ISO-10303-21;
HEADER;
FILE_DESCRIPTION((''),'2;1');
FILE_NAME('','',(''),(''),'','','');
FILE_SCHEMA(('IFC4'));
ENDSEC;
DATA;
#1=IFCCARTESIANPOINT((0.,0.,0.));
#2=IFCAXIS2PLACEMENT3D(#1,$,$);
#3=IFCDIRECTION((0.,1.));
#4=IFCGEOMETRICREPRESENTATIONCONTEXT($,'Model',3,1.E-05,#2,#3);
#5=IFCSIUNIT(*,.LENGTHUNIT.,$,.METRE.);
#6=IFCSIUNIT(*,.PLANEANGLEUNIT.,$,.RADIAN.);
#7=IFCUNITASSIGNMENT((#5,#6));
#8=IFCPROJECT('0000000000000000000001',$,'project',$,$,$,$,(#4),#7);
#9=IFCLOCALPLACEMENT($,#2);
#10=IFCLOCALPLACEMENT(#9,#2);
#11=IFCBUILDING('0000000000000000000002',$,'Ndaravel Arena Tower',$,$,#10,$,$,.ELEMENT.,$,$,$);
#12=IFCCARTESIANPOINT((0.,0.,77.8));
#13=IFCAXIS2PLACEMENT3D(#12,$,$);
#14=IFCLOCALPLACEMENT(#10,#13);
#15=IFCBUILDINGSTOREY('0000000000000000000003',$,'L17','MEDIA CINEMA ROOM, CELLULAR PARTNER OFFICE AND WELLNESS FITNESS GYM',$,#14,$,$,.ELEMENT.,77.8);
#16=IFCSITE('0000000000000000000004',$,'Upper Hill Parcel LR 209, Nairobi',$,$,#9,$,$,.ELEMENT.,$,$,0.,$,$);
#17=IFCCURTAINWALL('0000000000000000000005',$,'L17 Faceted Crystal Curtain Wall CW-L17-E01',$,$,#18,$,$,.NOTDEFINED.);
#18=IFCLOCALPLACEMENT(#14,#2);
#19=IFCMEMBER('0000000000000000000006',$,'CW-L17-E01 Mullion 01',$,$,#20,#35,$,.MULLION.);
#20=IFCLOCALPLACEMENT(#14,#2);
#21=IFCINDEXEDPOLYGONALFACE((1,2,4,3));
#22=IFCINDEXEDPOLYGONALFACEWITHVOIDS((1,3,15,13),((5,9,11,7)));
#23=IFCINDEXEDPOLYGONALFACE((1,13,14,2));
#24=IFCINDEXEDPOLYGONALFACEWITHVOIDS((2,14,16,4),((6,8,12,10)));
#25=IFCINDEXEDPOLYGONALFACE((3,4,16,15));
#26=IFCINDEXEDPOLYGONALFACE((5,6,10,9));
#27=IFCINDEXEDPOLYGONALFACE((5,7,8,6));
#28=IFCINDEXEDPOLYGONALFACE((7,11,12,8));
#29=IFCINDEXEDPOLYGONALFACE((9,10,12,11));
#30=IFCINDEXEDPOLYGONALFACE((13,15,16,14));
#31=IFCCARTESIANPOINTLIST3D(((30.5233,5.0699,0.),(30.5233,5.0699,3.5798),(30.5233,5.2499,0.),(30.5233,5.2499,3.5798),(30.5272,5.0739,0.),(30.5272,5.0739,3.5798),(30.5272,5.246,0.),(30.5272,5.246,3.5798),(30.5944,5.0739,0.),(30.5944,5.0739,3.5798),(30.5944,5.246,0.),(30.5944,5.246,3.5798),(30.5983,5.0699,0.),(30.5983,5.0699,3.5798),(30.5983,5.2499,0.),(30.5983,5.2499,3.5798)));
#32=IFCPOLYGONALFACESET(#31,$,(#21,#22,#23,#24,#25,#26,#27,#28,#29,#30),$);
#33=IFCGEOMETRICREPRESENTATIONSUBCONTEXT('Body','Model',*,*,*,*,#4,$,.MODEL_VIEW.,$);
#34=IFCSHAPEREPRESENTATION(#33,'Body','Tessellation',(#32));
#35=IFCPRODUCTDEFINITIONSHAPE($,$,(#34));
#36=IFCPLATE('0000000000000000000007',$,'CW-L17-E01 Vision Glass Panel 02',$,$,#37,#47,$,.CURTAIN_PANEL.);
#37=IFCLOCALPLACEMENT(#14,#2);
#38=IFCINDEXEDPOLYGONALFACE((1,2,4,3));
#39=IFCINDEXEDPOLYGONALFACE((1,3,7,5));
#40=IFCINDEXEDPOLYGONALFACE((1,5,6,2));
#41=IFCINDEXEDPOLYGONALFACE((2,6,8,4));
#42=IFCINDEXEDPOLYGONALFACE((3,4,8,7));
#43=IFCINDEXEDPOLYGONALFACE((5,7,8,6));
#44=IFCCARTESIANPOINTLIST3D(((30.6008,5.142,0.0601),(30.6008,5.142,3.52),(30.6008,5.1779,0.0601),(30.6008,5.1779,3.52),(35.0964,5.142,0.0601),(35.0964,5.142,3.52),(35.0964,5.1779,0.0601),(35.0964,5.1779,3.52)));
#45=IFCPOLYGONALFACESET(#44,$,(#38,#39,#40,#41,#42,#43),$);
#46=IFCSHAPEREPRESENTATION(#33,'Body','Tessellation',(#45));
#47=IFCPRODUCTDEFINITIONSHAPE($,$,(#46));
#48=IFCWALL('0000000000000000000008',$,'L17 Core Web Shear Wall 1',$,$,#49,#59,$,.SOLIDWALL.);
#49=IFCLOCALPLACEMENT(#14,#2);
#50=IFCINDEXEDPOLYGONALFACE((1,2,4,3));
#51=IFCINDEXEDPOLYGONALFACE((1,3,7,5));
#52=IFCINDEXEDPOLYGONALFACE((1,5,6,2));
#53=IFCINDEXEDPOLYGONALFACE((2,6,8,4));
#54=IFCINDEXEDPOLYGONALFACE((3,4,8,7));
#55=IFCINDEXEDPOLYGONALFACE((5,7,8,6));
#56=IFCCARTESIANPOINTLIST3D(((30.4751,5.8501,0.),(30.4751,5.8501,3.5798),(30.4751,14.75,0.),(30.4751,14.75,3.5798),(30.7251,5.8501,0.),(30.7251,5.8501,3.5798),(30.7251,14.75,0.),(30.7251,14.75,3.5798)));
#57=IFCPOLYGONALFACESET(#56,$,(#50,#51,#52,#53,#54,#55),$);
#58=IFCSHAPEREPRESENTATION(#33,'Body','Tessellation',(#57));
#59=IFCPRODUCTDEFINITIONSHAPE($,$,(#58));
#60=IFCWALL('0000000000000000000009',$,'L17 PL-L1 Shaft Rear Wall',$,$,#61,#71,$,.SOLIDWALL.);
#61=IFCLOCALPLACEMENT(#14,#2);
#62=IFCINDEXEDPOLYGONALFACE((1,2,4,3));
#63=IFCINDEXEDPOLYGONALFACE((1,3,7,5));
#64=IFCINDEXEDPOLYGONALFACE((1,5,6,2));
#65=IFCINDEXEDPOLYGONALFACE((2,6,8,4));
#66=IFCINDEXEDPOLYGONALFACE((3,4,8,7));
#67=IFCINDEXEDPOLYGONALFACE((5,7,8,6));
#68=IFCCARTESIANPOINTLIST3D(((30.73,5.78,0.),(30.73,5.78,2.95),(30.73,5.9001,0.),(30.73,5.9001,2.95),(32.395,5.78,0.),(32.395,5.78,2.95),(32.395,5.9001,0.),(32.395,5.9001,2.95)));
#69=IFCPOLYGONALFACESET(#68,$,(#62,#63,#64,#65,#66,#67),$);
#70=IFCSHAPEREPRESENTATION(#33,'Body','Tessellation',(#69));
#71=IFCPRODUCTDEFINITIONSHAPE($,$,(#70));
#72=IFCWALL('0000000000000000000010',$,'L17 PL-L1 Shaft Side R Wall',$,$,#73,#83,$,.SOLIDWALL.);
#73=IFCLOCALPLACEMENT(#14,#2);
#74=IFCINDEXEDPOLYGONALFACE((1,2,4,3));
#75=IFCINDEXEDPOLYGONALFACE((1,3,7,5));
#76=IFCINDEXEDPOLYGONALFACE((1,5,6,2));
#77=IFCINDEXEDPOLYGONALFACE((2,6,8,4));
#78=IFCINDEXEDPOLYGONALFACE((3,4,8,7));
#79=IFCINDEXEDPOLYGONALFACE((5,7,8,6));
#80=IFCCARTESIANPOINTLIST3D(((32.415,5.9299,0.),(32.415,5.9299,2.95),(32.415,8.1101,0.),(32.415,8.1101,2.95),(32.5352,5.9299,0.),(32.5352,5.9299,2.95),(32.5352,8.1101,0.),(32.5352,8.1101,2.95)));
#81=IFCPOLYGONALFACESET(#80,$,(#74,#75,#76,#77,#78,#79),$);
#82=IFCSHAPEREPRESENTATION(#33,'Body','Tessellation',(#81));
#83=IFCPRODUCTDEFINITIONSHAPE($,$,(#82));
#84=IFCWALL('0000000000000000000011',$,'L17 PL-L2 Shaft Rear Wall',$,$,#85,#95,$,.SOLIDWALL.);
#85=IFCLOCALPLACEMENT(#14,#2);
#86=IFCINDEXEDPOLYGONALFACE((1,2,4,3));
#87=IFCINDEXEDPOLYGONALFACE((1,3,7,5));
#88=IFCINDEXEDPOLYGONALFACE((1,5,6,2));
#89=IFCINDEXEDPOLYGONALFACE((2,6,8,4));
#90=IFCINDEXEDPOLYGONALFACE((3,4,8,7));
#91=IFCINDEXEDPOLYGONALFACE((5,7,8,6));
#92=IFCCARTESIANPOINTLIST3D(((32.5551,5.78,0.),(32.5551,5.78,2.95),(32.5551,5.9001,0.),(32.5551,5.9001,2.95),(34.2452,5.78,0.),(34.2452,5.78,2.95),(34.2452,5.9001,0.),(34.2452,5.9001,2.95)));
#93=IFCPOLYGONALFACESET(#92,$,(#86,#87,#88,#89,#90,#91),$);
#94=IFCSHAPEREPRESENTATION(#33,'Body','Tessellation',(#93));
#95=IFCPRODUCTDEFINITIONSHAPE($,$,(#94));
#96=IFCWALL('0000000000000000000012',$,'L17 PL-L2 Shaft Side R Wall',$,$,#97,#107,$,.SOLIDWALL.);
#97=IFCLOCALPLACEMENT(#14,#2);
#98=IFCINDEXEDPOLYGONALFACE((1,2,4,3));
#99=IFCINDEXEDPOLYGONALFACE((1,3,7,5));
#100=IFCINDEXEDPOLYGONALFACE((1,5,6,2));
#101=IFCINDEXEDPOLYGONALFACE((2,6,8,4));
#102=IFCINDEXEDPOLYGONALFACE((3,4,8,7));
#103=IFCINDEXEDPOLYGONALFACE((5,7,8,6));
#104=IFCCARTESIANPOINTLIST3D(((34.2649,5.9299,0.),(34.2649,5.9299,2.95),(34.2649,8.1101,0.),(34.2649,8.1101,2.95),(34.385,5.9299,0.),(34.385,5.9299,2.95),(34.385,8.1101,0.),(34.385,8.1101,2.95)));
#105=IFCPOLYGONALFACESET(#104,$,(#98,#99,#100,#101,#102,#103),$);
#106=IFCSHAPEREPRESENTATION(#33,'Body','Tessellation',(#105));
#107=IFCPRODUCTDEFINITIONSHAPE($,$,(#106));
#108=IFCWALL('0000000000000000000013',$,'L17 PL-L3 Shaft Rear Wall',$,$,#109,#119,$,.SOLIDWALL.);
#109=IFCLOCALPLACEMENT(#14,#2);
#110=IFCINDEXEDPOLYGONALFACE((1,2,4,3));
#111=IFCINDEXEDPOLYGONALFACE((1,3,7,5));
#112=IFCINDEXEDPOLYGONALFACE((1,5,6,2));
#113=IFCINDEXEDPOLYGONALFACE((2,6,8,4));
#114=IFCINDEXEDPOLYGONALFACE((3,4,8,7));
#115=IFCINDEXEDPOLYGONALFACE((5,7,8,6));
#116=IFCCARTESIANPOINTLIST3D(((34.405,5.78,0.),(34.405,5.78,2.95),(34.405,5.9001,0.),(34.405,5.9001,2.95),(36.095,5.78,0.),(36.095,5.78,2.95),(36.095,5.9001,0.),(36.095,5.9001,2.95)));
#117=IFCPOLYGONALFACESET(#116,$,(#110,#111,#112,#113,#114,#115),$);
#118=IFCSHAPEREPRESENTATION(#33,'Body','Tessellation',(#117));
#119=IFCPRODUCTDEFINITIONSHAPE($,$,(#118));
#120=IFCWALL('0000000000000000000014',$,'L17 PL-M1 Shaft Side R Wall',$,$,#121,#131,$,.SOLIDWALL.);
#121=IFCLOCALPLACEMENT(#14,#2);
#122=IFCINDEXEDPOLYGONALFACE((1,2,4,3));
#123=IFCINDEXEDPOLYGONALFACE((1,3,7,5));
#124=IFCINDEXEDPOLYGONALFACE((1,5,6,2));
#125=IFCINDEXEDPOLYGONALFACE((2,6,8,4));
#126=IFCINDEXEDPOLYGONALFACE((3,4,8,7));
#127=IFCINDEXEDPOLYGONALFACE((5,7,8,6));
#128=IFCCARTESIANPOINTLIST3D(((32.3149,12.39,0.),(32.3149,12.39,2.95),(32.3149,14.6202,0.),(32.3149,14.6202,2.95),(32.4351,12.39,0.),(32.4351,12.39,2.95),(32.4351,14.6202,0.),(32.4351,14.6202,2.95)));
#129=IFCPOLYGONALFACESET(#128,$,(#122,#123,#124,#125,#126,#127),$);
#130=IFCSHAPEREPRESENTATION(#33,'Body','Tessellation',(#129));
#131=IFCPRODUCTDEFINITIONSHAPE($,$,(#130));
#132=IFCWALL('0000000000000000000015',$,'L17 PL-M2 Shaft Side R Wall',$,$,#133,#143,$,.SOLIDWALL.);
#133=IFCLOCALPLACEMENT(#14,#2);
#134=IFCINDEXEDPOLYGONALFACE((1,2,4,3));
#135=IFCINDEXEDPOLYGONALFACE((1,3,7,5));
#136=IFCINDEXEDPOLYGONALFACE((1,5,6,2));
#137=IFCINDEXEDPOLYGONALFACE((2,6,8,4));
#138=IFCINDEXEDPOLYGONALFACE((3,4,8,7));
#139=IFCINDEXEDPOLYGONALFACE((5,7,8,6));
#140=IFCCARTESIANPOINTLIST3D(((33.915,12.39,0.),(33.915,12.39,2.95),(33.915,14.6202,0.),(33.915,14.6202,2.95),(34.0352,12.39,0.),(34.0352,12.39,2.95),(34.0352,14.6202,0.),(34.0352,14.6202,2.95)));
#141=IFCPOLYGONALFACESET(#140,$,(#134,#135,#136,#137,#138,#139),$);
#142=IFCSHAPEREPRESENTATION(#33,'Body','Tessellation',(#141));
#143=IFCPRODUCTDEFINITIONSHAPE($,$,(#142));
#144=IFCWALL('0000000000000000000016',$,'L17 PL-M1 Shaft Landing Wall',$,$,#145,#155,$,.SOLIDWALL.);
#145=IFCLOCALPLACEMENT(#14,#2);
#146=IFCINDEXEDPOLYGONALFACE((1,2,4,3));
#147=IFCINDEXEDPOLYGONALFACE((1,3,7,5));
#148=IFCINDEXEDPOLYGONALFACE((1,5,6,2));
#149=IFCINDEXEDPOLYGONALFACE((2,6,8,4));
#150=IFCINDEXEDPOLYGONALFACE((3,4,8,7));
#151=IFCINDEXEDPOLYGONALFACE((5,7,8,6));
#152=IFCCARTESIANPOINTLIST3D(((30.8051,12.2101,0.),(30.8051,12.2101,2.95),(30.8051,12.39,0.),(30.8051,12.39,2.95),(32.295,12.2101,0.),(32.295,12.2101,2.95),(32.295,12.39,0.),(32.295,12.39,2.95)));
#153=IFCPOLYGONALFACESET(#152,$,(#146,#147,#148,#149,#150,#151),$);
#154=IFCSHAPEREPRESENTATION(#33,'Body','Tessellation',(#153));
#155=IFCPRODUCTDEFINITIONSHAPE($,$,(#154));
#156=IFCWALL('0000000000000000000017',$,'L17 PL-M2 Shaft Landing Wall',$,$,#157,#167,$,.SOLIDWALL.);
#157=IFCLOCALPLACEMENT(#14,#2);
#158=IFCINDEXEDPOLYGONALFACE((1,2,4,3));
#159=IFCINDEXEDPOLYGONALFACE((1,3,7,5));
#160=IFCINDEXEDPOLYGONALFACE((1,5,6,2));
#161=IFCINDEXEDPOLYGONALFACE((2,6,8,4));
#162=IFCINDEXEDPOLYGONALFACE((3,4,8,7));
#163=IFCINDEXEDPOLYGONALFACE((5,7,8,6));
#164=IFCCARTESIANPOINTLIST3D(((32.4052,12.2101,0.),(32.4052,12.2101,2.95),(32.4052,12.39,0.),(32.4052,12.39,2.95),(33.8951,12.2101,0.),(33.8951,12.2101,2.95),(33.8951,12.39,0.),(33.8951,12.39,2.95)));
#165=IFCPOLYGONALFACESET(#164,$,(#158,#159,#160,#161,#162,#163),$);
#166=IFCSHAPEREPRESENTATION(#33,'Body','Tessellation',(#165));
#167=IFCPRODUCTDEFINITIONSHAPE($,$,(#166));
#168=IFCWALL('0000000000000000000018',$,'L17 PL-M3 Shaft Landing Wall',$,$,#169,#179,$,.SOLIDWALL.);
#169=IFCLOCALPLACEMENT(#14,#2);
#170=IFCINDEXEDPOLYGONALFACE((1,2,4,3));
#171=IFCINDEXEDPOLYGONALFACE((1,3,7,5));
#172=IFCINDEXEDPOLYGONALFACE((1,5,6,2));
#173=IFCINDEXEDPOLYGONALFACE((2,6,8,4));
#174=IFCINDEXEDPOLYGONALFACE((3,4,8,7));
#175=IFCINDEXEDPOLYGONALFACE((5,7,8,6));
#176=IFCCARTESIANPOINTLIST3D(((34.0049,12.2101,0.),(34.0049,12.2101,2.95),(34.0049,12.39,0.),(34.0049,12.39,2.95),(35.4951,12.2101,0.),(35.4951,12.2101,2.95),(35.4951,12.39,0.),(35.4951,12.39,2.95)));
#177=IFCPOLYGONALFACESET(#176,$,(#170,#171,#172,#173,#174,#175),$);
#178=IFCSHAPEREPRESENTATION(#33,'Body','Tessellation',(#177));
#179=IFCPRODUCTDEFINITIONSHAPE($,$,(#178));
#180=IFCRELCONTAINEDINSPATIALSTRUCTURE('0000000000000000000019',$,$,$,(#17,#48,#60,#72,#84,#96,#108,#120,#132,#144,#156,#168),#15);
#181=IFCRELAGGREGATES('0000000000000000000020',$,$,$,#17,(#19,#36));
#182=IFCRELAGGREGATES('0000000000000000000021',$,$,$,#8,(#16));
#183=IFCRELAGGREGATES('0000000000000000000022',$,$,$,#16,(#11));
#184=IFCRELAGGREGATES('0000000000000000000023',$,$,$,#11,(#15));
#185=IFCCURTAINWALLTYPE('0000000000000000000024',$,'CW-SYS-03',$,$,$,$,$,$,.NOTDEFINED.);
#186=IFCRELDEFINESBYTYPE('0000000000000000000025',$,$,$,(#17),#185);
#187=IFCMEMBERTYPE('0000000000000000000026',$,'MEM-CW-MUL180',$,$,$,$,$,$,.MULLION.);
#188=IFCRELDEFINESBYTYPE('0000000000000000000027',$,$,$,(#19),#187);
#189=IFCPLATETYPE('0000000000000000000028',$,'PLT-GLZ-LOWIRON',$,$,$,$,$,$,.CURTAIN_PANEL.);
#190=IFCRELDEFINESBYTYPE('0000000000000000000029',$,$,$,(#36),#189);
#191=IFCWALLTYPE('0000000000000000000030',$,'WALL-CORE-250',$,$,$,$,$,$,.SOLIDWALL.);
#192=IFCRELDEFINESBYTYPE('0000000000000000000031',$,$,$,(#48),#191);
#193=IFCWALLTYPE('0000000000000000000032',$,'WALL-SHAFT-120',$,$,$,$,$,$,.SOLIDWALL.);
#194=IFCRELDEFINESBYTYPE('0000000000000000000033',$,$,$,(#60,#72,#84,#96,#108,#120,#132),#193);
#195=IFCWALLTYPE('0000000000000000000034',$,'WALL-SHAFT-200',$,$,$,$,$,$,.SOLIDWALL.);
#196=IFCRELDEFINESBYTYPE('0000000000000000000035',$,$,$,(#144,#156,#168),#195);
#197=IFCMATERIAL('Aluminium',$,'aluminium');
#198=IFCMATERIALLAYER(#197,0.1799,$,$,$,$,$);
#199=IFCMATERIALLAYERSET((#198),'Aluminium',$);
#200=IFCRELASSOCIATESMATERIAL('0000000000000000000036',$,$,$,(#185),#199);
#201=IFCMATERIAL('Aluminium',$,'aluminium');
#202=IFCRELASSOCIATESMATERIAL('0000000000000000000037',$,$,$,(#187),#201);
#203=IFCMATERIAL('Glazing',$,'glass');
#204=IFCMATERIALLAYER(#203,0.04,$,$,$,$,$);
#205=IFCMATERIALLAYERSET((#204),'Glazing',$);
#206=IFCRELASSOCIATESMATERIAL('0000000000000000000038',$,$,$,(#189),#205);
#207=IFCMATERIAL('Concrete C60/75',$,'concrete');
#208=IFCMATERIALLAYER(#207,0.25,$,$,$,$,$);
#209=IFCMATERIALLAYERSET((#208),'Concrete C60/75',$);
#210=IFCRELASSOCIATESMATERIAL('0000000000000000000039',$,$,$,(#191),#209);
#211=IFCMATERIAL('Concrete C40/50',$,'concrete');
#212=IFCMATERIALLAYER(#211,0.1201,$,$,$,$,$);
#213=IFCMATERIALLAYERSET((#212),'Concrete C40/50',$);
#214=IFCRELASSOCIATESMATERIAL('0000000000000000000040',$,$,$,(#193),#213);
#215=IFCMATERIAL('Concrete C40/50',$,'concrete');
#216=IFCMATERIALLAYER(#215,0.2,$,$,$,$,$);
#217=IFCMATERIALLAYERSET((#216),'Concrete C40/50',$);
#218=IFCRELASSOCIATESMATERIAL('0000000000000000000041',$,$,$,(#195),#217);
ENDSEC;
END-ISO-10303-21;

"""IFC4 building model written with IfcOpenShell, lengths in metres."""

from ifc_helpers import new_model, si_unit, direction, frame, frame_2d, origin, origin_2d, place, context, subcontext, project, spatial, rectangle, hollow_rectangle, extrude, material, layer, layer_set, material_profile, profile_set, type_object, element, aggregate, save


model = new_model("IFC4")

# Units and contexts
model_context = context("Model", 3, precision=1e-05, world=origin(), true_north=direction((0.0, 1.0)))
body_context = subcontext(model_context, "Body", "Model", "MODEL_VIEW")
ifc_project = project(units=[si_unit("LENGTHUNIT", "METRE"), si_unit("PLANEANGLEUNIT", "RADIAN")], contexts=[model_context])

# Site, building, storey
site_placement = place(None, origin())
site = spatial("IfcSite", under=ifc_project, at=site_placement, Name="Upper Hill Parcel LR 209, Nairobi", CompositionType="ELEMENT", RefElevation=0.0)
building_placement = place(site_placement, origin())
building = spatial("IfcBuilding", under=site, at=building_placement, Name="Ndaravel Arena Tower", CompositionType="ELEMENT")
storey_placement = place(building_placement, frame((0.0, 0.0, 77.8)))
storey = spatial("IfcBuildingStorey", under=building, at=storey_placement, Name="L17", Description="MEDIA CINEMA ROOM, CELLULAR PARTNER OFFICE AND WELLNESS FITNESS GYM", CompositionType="ELEMENT", Elevation=77.8)

# Curtain wall, member, plate
ifc_material_1 = material(Name="Aluminium", Category="aluminium")
ifc_layer_1 = layer(ifc_material_1, 0.1799)
ifc_layer_set_1 = layer_set([ifc_layer_1], Name="Aluminium")
curtain_wall_type = type_object("IfcCurtainWallType", Name="CW-SYS-03", PredefinedType="NOTDEFINED", material=ifc_layer_set_1)
curtain_wall_placement = place(storey_placement, origin())
curtain_wall = element("IfcCurtainWall", 1, at=curtain_wall_placement, inside=storey, type_object=curtain_wall_type, Name="L17 Faceted Crystal Curtain Wall CW-L17-E01", PredefinedType="NOTDEFINED")
ifc_material_2 = material(Name="Aluminium", Category="aluminium")
ifc_material_profile = material_profile(ifc_material_2, hollow_rectangle(XDim=0.075, YDim=0.1799, WallThickness=0.0039, at=origin_2d()), Name="CW MULLION 75x180x4")
ifc_profile_set = profile_set([ifc_material_profile], Name="Aluminium")
member_type = type_object("IfcMemberType", Name="MEM-CW-MUL180", PredefinedType="MULLION", material=ifc_profile_set)
member_placement = place(storey_placement, frame((30.5608, 5.1599, 0.0), z_axis=(0.0, 0.0, 1.0), x_axis=(1.0, 0.0, 0.0)))
member = element("IfcMember", 2, at=member_placement, type_object=member_type, Name="CW-L17-E01 Mullion 01", PredefinedType="MULLION", context=body_context, shape_type="SweptSolid", body=[
    extrude(hollow_rectangle(XDim=0.075, YDim=0.1799, WallThickness=0.0039, at=origin_2d()), origin(), (0.0, 0.0, 1.0), 3.5798),
])
ifc_material_3 = material(Name="Glazing", Category="glass")
ifc_layer_2 = layer(ifc_material_3, 0.04)
ifc_layer_set_2 = layer_set([ifc_layer_2], Name="Glazing")
plate_type = type_object("IfcPlateType", Name="PLT-GLZ-LOWIRON", PredefinedType="CURTAIN_PANEL", material=ifc_layer_set_2)
plate_placement = place(storey_placement, frame((32.8486, 5.1599, 0.0601), z_axis=(0.0, 0.0, 1.0), x_axis=(1.0, 0.0, 0.0)))
plate = element("IfcPlate", 3, at=plate_placement, type_object=plate_type, Name="CW-L17-E01 Vision Glass Panel 02", PredefinedType="CURTAIN_PANEL", context=body_context, shape_type="SweptSolid", body=[
    extrude(rectangle(XDim=4.4956, YDim=0.0359, at=origin_2d()), origin(), (0.0, 0.0, 1.0), 3.46),
])
aggregate(curtain_wall, [member, plate])

# Walls
ifc_material_4 = material(Name="Concrete C60/75", Category="concrete")
ifc_layer_3 = layer(ifc_material_4, 0.25)
ifc_layer_set_3 = layer_set([ifc_layer_3], Name="Concrete C60/75")
wall_type_1 = type_object("IfcWallType", Name="WALL-CORE-250", PredefinedType="SOLIDWALL", material=ifc_layer_set_3)
wall_1_placement = place(storey_placement, frame((30.6001, 5.8501, 0.0), z_axis=(0.0, 0.0, 1.0), x_axis=(0.0, 1.0, 0.0)))
element("IfcWall", 4, at=wall_1_placement, inside=storey, type_object=wall_type_1, Name="L17 Core Web Shear Wall 1", PredefinedType="SOLIDWALL", context=body_context, shape_type="SweptSolid", body=[
    extrude(rectangle(XDim=8.8999, YDim=0.25, at=frame_2d((4.45, 0.0))), origin(), (0.0, 0.0, 1.0), 3.5798),
])
ifc_material_5 = material(Name="Concrete C40/50", Category="concrete")
ifc_layer_4 = layer(ifc_material_5, 0.1201)
ifc_layer_set_4 = layer_set([ifc_layer_4], Name="Concrete C40/50")
wall_type_2 = type_object("IfcWallType", Name="WALL-SHAFT-120", PredefinedType="SOLIDWALL", material=ifc_layer_set_4)
wall_2_placement = place(storey_placement, frame((30.73, 5.8401, 0.0), z_axis=(0.0, 0.0, 1.0), x_axis=(1.0, 0.0, 0.0)))
element("IfcWall", 5, at=wall_2_placement, inside=storey, type_object=wall_type_2, Name="L17 PL-L1 Shaft Rear Wall", PredefinedType="SOLIDWALL", context=body_context, shape_type="SweptSolid", body=[
    extrude(rectangle(XDim=1.665, YDim=0.1201, at=frame_2d((0.8325, 0.0))), origin(), (0.0, 0.0, 1.0), 2.95),
])
wall_3_placement = place(storey_placement, frame((32.4751, 5.9299, 0.0), z_axis=(0.0, 0.0, 1.0), x_axis=(0.0, 1.0, 0.0)))
element("IfcWall", 6, at=wall_3_placement, inside=storey, type_object=wall_type_2, Name="L17 PL-L1 Shaft Side R Wall", PredefinedType="SOLIDWALL", context=body_context, shape_type="SweptSolid", body=[
    extrude(rectangle(XDim=2.1802, YDim=0.1201, at=frame_2d((1.0901, 0.0))), origin(), (0.0, 0.0, 1.0), 2.95),
])
wall_4_placement = place(storey_placement, frame((32.5549, 5.8401, 0.0), z_axis=(0.0, 0.0, 1.0), x_axis=(1.0, 0.0, 0.0)))
element("IfcWall", 7, at=wall_4_placement, inside=storey, type_object=wall_type_2, Name="L17 PL-L2 Shaft Rear Wall", PredefinedType="SOLIDWALL", context=body_context, shape_type="SweptSolid", body=[
    extrude(rectangle(XDim=1.6902, YDim=0.1201, at=frame_2d((0.8452, 0.0))), origin(), (0.0, 0.0, 1.0), 2.95),
])
wall_5_placement = place(storey_placement, frame((34.325, 5.9299, 0.0), z_axis=(0.0, 0.0, 1.0), x_axis=(0.0, 1.0, 0.0)))
element("IfcWall", 8, at=wall_5_placement, inside=storey, type_object=wall_type_2, Name="L17 PL-L2 Shaft Side R Wall", PredefinedType="SOLIDWALL", context=body_context, shape_type="SweptSolid", body=[
    extrude(rectangle(XDim=2.1802, YDim=0.1201, at=frame_2d((1.0901, 0.0))), origin(), (0.0, 0.0, 1.0), 2.95),
])
wall_6_placement = place(storey_placement, frame((34.405, 5.8401, 0.0), z_axis=(0.0, 0.0, 1.0), x_axis=(1.0, 0.0, 0.0)))
element("IfcWall", 9, at=wall_6_placement, inside=storey, type_object=wall_type_2, Name="L17 PL-L3 Shaft Rear Wall", PredefinedType="SOLIDWALL", context=body_context, shape_type="SweptSolid", body=[
    extrude(rectangle(XDim=1.6899, YDim=0.1201, at=frame_2d((0.845, 0.0))), origin(), (0.0, 0.0, 1.0), 2.95),
])
for number, where, z_axis, x_axis, name in (
    (10, (32.375, 12.3899, 0.0), (0.0, 0.0, 1.0), (0.0, 1.0, 0.0), "L17 PL-M1 Shaft Side R Wall"),
    (11, (33.9751, 12.3899, 0.0), (0.0, 0.0, 1.0), (0.0, 1.0, 0.0), "L17 PL-M2 Shaft Side R Wall"),
):
    element("IfcWall", number, at=place(storey_placement, frame(where, z_axis=z_axis, x_axis=x_axis)), inside=storey, type_object=wall_type_2, Name=name, PredefinedType="SOLIDWALL", context=body_context, shape_type="SweptSolid", body=[
        extrude(rectangle(XDim=2.2302, YDim=0.1201, at=frame_2d((1.1152, 0.0))), origin(), (0.0, 0.0, 1.0), 2.95),
    ])

# Shared definitions
ifc_material_6 = material(Name="Concrete C40/50", Category="concrete")
ifc_layer_5 = layer(ifc_material_6, 0.2)
ifc_layer_set_5 = layer_set([ifc_layer_5], Name="Concrete C40/50")
wall_type_3 = type_object("IfcWallType", Name="WALL-SHAFT-200", PredefinedType="SOLIDWALL", material=ifc_layer_set_5)

# Walls
for number, where, z_axis, x_axis, name in (
    (12, (30.8049, 12.3, 0.0), (0.0, 0.0, 1.0), (1.0, 0.0, 0.0), "L17 PL-M1 Shaft Landing Wall"),
    (13, (32.405, 12.3, 0.0), (0.0, 0.0, 1.0), (1.0, 0.0, 0.0), "L17 PL-M2 Shaft Landing Wall"),
):
    element("IfcWall", number, at=place(storey_placement, frame(where, z_axis=z_axis, x_axis=x_axis)), inside=storey, type_object=wall_type_3, Name=name, PredefinedType="SOLIDWALL", context=body_context, shape_type="SweptSolid", body=[
        extrude(rectangle(XDim=1.49, YDim=0.1799, at=frame_2d((0.7451, 0.0))), origin(), (0.0, 0.0, 1.0), 2.95),
    ])
wall_7_placement = place(storey_placement, frame((34.0049, 12.3, 0.0), z_axis=(0.0, 0.0, 1.0), x_axis=(1.0, 0.0, 0.0)))
element("IfcWall", 14, at=wall_7_placement, inside=storey, type_object=wall_type_3, Name="L17 PL-M3 Shaft Landing Wall", PredefinedType="SOLIDWALL", context=body_context, shape_type="SweptSolid", body=[
    extrude(rectangle(XDim=1.4902, YDim=0.1799, at=frame_2d((0.7451, 0.0))), origin(), (0.0, 0.0, 1.0), 2.95),
])

save(model, "model.ifc")
